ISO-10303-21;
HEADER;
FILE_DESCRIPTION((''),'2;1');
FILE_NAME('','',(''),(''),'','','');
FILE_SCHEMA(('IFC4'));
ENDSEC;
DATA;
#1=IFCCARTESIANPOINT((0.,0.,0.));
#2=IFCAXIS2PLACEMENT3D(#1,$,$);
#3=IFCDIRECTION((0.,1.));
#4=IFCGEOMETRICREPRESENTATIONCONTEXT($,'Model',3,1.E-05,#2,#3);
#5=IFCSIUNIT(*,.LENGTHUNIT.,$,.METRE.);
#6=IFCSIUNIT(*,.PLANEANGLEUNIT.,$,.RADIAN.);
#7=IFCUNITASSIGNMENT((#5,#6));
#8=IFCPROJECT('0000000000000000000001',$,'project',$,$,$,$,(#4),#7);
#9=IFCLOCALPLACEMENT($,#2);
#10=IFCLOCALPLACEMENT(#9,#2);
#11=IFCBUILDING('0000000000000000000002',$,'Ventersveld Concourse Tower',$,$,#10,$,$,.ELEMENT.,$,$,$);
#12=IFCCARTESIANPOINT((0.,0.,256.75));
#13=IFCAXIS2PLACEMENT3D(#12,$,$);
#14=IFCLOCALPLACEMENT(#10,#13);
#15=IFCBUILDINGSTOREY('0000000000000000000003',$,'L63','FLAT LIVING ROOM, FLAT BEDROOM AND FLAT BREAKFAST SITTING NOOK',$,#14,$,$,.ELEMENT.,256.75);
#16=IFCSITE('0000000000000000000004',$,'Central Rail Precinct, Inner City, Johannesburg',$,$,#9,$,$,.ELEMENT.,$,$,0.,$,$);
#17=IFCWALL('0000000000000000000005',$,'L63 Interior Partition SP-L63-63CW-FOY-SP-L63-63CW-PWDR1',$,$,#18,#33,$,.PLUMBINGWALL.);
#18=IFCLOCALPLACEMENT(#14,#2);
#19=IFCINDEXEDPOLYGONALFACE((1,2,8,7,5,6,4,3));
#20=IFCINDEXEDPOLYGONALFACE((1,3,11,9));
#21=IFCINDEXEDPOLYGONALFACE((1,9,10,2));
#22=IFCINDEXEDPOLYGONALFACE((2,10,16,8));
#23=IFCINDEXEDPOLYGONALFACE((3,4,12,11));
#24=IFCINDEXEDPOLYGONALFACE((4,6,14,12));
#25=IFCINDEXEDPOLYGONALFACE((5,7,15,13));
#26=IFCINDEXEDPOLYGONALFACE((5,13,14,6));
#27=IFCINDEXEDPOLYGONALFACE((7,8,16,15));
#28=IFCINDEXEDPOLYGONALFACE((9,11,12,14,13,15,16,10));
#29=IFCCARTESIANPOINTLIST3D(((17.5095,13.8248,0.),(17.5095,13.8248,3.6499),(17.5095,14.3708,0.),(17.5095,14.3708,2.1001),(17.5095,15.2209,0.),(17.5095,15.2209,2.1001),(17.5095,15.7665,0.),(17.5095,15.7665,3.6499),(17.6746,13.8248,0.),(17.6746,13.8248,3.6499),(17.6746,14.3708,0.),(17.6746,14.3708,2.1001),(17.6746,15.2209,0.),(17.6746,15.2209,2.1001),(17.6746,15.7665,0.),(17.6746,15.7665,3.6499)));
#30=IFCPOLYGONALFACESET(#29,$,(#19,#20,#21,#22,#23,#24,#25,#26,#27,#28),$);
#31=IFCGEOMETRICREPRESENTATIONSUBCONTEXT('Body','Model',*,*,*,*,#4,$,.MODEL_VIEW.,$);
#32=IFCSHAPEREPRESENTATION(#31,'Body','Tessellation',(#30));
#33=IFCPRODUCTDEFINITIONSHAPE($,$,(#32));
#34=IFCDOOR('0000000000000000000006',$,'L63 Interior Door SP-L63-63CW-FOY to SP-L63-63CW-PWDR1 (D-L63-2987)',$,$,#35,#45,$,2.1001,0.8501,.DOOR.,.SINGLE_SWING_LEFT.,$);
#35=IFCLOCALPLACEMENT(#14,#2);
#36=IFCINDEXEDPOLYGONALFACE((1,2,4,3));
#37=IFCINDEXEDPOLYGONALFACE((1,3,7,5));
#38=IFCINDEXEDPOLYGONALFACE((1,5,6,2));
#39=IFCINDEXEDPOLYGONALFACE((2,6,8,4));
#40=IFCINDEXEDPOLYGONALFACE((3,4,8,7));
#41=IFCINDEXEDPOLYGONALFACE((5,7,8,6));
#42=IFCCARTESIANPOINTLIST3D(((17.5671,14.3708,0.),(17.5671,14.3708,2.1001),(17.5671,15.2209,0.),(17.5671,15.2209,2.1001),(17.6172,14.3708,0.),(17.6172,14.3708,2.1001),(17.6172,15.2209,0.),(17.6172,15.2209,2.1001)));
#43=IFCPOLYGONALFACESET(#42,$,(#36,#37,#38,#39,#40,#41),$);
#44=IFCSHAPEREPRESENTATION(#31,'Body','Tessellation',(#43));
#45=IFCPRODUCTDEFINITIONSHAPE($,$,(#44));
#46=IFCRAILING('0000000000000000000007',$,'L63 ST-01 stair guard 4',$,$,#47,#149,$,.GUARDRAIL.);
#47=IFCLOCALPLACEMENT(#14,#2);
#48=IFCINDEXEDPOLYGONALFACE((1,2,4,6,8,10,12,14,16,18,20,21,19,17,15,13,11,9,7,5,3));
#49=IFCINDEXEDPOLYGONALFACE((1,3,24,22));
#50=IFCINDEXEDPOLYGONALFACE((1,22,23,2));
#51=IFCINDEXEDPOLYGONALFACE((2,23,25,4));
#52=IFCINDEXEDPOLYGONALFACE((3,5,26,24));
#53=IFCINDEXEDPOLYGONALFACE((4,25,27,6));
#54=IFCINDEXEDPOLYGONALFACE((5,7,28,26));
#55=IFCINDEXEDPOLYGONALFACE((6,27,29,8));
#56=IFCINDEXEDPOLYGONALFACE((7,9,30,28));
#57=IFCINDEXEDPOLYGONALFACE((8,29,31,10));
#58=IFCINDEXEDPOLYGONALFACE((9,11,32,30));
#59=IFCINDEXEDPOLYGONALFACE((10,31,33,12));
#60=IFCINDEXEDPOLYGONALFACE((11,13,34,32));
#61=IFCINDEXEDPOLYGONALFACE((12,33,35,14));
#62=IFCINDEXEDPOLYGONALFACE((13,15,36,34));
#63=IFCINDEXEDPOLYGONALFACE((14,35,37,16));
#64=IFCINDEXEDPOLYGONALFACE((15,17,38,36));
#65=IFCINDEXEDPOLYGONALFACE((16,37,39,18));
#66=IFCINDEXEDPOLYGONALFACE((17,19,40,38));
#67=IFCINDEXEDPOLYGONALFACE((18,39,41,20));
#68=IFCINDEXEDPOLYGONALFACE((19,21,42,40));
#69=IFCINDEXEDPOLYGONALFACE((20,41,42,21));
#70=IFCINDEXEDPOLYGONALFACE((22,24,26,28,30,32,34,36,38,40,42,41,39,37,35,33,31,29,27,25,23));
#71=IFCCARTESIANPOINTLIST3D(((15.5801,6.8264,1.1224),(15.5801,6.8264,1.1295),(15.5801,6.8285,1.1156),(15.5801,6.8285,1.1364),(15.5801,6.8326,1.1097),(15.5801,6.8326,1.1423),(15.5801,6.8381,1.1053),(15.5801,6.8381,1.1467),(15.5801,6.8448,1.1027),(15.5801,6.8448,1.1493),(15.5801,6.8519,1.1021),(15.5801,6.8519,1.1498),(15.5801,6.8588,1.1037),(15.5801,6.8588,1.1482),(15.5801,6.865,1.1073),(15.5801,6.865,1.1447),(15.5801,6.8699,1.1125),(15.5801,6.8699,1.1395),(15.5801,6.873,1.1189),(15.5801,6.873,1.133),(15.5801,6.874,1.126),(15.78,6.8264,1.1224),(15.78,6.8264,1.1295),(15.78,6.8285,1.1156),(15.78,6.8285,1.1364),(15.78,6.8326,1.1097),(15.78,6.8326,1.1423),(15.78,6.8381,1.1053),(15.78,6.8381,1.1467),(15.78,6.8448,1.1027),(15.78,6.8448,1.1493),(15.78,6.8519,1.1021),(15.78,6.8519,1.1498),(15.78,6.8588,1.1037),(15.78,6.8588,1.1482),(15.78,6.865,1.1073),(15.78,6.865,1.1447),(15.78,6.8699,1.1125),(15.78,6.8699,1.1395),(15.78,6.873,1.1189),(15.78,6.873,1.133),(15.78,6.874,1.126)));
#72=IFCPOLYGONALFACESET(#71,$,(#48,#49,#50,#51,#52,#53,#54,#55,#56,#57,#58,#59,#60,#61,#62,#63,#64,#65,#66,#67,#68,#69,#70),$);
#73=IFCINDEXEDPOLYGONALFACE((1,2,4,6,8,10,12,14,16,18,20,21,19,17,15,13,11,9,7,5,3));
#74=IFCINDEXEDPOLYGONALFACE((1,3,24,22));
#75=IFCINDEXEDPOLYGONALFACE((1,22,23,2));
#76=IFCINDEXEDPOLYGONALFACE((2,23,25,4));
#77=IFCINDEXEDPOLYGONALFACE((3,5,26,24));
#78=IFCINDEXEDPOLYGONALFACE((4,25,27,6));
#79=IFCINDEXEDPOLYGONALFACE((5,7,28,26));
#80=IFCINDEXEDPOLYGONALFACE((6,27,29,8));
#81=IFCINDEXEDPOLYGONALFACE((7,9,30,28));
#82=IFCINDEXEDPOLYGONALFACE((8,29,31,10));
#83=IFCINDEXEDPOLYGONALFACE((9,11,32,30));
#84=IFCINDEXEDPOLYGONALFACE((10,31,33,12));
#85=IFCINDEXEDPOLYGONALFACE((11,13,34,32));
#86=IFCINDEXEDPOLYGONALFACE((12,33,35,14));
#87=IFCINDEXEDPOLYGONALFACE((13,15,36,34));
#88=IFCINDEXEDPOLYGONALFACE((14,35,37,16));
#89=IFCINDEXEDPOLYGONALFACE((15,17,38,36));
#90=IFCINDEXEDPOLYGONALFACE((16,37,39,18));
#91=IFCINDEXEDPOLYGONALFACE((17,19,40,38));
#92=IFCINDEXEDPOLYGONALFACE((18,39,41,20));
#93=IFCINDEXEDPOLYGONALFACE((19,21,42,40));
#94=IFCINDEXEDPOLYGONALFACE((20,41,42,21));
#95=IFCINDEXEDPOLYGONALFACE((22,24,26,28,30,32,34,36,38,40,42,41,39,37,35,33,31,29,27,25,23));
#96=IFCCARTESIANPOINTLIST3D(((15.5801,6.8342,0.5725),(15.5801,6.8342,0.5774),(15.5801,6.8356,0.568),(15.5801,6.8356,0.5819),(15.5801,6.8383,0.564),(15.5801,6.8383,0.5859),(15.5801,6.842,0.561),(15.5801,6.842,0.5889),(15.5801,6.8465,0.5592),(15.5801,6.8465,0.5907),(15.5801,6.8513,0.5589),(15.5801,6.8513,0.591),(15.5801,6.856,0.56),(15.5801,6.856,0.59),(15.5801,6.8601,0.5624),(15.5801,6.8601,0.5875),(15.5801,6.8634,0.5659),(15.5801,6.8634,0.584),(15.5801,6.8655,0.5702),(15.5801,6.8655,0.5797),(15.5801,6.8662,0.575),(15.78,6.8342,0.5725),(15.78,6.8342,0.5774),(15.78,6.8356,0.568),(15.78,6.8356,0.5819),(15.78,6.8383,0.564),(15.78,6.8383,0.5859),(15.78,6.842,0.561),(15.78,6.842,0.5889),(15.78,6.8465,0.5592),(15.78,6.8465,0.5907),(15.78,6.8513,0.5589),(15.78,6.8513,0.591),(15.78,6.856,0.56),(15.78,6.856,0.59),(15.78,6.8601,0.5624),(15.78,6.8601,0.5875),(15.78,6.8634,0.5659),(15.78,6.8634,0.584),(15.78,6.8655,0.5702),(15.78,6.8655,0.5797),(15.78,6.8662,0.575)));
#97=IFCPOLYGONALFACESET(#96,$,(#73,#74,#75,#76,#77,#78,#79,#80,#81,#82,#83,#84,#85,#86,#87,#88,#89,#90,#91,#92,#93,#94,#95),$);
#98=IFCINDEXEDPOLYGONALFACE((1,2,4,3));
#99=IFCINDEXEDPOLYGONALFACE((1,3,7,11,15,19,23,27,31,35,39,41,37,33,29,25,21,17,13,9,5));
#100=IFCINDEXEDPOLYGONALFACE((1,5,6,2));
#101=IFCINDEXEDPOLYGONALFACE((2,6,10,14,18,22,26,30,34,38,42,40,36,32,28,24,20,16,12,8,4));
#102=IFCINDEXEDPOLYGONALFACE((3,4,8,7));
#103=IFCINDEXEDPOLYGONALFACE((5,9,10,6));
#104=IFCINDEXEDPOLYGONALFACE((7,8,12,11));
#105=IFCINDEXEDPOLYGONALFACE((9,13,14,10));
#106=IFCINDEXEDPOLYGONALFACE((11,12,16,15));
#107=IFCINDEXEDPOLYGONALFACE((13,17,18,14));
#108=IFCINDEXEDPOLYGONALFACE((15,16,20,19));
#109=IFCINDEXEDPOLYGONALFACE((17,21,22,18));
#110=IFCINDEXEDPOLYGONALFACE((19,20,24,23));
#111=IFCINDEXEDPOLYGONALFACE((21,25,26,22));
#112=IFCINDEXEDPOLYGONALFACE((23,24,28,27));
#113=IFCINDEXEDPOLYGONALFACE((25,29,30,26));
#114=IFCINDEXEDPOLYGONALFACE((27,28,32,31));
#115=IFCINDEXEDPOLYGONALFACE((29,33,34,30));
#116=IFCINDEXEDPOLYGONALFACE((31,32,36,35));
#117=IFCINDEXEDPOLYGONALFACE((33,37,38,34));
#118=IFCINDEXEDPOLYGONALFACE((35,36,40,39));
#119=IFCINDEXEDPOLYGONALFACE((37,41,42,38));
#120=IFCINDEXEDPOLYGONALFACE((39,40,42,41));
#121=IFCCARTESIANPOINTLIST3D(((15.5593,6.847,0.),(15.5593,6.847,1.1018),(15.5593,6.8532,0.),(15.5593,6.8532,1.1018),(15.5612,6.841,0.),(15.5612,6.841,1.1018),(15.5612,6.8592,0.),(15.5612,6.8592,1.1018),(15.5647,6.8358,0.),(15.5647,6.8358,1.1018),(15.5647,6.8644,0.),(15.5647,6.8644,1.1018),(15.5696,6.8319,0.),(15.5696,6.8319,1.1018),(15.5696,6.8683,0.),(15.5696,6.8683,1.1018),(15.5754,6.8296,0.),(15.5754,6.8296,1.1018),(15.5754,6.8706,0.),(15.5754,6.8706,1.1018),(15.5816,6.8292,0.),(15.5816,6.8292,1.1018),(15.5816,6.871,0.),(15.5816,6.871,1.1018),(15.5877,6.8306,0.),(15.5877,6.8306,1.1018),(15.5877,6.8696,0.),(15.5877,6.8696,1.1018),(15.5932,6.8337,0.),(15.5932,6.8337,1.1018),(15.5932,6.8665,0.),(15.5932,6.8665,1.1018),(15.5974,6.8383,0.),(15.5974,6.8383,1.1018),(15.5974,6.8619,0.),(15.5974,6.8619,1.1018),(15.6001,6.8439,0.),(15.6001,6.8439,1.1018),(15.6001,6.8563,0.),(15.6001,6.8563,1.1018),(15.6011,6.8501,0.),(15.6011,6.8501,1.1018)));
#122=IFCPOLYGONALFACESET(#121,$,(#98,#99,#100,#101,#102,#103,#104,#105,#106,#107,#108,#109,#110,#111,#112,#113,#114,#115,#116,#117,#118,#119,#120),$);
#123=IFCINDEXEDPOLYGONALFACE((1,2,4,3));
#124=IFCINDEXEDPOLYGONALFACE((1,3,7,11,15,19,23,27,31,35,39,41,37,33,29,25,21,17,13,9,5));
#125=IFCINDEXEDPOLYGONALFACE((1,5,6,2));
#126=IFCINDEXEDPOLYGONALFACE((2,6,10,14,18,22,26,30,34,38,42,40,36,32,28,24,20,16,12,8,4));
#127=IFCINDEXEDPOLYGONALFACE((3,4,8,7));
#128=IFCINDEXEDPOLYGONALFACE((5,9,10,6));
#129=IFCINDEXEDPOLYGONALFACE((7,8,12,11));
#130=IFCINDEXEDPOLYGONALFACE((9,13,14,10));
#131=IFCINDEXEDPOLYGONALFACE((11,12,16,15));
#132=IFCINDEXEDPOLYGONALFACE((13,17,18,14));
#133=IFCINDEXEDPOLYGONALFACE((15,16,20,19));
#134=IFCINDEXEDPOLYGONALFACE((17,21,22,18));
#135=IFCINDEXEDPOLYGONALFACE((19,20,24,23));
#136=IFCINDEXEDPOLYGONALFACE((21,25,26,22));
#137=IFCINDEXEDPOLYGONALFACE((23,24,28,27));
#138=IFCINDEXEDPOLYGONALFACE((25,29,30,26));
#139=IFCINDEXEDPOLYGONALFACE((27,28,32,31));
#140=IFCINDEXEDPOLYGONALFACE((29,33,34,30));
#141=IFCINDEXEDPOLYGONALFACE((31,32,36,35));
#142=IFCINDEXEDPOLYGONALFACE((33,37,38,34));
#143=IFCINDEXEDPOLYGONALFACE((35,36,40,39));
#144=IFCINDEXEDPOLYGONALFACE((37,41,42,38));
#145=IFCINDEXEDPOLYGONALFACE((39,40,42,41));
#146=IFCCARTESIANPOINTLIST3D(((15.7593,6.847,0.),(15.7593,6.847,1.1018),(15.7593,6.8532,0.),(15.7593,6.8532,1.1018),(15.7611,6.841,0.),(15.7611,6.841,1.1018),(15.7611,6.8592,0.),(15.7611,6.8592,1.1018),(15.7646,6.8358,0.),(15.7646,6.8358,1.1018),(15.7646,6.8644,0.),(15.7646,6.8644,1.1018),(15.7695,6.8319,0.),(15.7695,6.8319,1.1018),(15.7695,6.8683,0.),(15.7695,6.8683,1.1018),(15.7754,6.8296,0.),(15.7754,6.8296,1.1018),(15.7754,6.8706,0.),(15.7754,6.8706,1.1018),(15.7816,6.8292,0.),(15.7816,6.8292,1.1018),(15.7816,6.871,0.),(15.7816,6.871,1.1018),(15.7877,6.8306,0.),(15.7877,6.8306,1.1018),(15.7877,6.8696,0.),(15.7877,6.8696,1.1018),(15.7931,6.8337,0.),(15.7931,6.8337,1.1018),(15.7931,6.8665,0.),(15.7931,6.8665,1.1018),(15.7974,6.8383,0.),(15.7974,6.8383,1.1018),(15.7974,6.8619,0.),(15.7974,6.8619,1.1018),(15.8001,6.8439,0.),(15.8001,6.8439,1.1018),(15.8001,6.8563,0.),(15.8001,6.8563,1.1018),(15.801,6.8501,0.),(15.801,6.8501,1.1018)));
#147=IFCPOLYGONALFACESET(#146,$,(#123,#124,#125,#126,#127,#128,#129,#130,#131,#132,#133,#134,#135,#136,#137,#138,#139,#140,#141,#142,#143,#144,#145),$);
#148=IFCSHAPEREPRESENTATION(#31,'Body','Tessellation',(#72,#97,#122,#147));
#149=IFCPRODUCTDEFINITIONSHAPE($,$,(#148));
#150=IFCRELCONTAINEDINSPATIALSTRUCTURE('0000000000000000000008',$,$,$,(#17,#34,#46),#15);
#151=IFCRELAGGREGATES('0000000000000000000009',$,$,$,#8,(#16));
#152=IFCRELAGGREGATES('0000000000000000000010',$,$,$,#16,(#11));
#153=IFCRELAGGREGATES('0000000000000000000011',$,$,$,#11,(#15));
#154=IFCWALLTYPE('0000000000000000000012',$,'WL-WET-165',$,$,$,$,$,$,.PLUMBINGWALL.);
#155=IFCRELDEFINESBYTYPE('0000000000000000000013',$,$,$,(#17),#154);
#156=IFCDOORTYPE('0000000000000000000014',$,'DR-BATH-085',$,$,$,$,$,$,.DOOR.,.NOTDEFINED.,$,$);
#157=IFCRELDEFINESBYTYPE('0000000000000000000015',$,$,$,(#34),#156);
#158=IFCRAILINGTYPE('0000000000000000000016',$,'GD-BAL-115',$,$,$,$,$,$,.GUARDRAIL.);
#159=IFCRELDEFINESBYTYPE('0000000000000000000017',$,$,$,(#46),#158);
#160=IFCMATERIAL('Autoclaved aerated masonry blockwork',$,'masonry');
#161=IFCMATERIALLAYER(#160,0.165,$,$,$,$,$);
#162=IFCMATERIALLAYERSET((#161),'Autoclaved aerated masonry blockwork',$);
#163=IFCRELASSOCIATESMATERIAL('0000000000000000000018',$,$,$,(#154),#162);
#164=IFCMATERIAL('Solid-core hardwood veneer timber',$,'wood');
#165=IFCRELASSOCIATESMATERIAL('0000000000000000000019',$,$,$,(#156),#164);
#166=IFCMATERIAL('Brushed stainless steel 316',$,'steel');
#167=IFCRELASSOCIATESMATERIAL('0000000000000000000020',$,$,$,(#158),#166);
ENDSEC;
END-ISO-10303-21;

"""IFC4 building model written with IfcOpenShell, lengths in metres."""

from ifc_helpers import new_model, si_unit, direction, frame, frame_2d, origin, origin_2d, place, context, subcontext, project, spatial, rectangle, circle, extrude, material, layer, layer_set, type_object, element, fill, save


model = new_model("IFC4")

# Units and contexts
model_context = context("Model", 3, precision=1e-05, world=origin(), true_north=direction((0.0, 1.0)))
body_context = subcontext(model_context, "Body", "Model", "MODEL_VIEW")
ifc_project = project(units=[si_unit("LENGTHUNIT", "METRE"), si_unit("PLANEANGLEUNIT", "RADIAN")], contexts=[model_context])

# Site, building, storey
site_placement = place(None, origin())
site = spatial("IfcSite", under=ifc_project, at=site_placement, Name="Central Rail Precinct, Inner City, Johannesburg", CompositionType="ELEMENT", RefElevation=0.0)
building_placement = place(site_placement, origin())
building = spatial("IfcBuilding", under=site, at=building_placement, Name="Ventersveld Concourse Tower", CompositionType="ELEMENT")
storey_placement = place(building_placement, frame((0.0, 0.0, 256.75)))
storey = spatial("IfcBuildingStorey", under=building, at=storey_placement, Name="L63", Description="FLAT LIVING ROOM, FLAT BEDROOM AND FLAT BREAKFAST SITTING NOOK", CompositionType="ELEMENT", Elevation=256.75)

# Shared definitions
ifc_material_1 = material(Name="Brushed stainless steel 316", Category="steel")

# Wall, opening, door
ifc_material_2 = material(Name="Autoclaved aerated masonry blockwork", Category="masonry")
ifc_layer_1 = layer(ifc_material_2, 0.165)
ifc_layer_set_1 = layer_set([ifc_layer_1], Name="Autoclaved aerated masonry blockwork")
wall_type_1 = type_object("IfcWallType", Name="WL-WET-165", PredefinedType="PLUMBINGWALL", material=ifc_layer_set_1)
wall_1_placement = place(storey_placement, frame((17.592, 13.825, 0.0), z_axis=(0.0, 0.0, 1.0), x_axis=(0.0, 1.0, 0.0)))
wall_1 = element("IfcWall", 1, at=wall_1_placement, inside=storey, type_object=wall_type_1, Name="L63 Interior Partition SP-L63-63CW-FOY-SP-L63-63CW-PWDR1", PredefinedType="PLUMBINGWALL", context=body_context, shape_type="SweptSolid", body=[
    extrude(rectangle(XDim=1.9417, YDim=0.165, at=frame_2d((0.9707, 0.0))), origin(), (0.0, 0.0, 1.0), 3.6499),
])
opening_1_placement = place(wall_1_placement, frame((0.5459, 0.0, 0.0)))
opening_1 = element("IfcOpeningElement", 2, at=opening_1_placement, cuts=wall_1, PredefinedType="OPENING", context=body_context, shape_type="SweptSolid", body=[
    extrude(rectangle(XDim=0.8501, YDim=2.1001, at=frame_2d((0.425, 1.05))), frame((0.0, 0.0925, 0.0), z_axis=(0.0, -1.0, 0.0), x_axis=(1.0, 0.0, 0.0)), (0.0, 0.0, 1.0), 0.1851),
])
ifc_material_3 = material(Name="Solid-core hardwood veneer timber", Category="wood")
door_type_1 = type_object("IfcDoorType", Name="DR-BATH-085", OperationType="NOTDEFINED", PredefinedType="DOOR", material=ifc_material_3)
door_1_placement = place(opening_1_placement, origin())
door_1 = element("IfcDoor", 3, at=door_1_placement, inside=storey, type_object=door_type_1, Name="L63 Interior Door SP-L63-63CW-FOY to SP-L63-63CW-PWDR1 (D-L63-2987)", OperationType="SINGLE_SWING_LEFT", OverallHeight=2.1001, OverallWidth=0.8501, PredefinedType="DOOR", context=body_context, shape_type="SweptSolid", body=[
    extrude(rectangle(XDim=0.8501, YDim=2.1001, at=frame_2d((0.425, 1.05))), frame((0.0, 0.0249, 0.0), z_axis=(0.0, -1.0, 0.0), x_axis=(1.0, 0.0, 0.0)), (0.0, 0.0, 1.0), 0.05),
])
fill(opening_1, door_1)

# Railing
railing_type = type_object("IfcRailingType", Name="GD-BAL-115", PredefinedType="GUARDRAIL", material=ifc_material_1)
railing_placement = place(storey_placement, frame((15.5801, 6.8501, 0.0)))
element("IfcRailing", 4, at=railing_placement, inside=storey, type_object=railing_type, Name="L63 ST-01 stair guard 4", PredefinedType="GUARDRAIL", context=body_context, shape_type="SweptSolid", body=[
    extrude(circle(Radius=0.0239, at=origin_2d()), frame((0.0, 0.0, 1.126), z_axis=(1.0, 0.0, 0.0), x_axis=(0.0, 1.0, 0.0)), (0.0, 0.0, 1.0), 0.2),
    extrude(circle(Radius=0.0161, at=origin_2d()), frame((0.0, 0.0, 0.575), z_axis=(1.0, 0.0, 0.0), x_axis=(0.0, 1.0, 0.0)), (0.0, 0.0, 1.0), 0.2),
    extrude(circle(Radius=0.021, at=origin_2d()), origin(), (0.0, 0.0, 1.0), 1.1018),
    extrude(circle(Radius=0.021, at=origin_2d()), frame((0.2, 0.0, 0.0)), (0.0, 0.0, 1.0), 1.1018),
])

save(model, "model.ifc")
